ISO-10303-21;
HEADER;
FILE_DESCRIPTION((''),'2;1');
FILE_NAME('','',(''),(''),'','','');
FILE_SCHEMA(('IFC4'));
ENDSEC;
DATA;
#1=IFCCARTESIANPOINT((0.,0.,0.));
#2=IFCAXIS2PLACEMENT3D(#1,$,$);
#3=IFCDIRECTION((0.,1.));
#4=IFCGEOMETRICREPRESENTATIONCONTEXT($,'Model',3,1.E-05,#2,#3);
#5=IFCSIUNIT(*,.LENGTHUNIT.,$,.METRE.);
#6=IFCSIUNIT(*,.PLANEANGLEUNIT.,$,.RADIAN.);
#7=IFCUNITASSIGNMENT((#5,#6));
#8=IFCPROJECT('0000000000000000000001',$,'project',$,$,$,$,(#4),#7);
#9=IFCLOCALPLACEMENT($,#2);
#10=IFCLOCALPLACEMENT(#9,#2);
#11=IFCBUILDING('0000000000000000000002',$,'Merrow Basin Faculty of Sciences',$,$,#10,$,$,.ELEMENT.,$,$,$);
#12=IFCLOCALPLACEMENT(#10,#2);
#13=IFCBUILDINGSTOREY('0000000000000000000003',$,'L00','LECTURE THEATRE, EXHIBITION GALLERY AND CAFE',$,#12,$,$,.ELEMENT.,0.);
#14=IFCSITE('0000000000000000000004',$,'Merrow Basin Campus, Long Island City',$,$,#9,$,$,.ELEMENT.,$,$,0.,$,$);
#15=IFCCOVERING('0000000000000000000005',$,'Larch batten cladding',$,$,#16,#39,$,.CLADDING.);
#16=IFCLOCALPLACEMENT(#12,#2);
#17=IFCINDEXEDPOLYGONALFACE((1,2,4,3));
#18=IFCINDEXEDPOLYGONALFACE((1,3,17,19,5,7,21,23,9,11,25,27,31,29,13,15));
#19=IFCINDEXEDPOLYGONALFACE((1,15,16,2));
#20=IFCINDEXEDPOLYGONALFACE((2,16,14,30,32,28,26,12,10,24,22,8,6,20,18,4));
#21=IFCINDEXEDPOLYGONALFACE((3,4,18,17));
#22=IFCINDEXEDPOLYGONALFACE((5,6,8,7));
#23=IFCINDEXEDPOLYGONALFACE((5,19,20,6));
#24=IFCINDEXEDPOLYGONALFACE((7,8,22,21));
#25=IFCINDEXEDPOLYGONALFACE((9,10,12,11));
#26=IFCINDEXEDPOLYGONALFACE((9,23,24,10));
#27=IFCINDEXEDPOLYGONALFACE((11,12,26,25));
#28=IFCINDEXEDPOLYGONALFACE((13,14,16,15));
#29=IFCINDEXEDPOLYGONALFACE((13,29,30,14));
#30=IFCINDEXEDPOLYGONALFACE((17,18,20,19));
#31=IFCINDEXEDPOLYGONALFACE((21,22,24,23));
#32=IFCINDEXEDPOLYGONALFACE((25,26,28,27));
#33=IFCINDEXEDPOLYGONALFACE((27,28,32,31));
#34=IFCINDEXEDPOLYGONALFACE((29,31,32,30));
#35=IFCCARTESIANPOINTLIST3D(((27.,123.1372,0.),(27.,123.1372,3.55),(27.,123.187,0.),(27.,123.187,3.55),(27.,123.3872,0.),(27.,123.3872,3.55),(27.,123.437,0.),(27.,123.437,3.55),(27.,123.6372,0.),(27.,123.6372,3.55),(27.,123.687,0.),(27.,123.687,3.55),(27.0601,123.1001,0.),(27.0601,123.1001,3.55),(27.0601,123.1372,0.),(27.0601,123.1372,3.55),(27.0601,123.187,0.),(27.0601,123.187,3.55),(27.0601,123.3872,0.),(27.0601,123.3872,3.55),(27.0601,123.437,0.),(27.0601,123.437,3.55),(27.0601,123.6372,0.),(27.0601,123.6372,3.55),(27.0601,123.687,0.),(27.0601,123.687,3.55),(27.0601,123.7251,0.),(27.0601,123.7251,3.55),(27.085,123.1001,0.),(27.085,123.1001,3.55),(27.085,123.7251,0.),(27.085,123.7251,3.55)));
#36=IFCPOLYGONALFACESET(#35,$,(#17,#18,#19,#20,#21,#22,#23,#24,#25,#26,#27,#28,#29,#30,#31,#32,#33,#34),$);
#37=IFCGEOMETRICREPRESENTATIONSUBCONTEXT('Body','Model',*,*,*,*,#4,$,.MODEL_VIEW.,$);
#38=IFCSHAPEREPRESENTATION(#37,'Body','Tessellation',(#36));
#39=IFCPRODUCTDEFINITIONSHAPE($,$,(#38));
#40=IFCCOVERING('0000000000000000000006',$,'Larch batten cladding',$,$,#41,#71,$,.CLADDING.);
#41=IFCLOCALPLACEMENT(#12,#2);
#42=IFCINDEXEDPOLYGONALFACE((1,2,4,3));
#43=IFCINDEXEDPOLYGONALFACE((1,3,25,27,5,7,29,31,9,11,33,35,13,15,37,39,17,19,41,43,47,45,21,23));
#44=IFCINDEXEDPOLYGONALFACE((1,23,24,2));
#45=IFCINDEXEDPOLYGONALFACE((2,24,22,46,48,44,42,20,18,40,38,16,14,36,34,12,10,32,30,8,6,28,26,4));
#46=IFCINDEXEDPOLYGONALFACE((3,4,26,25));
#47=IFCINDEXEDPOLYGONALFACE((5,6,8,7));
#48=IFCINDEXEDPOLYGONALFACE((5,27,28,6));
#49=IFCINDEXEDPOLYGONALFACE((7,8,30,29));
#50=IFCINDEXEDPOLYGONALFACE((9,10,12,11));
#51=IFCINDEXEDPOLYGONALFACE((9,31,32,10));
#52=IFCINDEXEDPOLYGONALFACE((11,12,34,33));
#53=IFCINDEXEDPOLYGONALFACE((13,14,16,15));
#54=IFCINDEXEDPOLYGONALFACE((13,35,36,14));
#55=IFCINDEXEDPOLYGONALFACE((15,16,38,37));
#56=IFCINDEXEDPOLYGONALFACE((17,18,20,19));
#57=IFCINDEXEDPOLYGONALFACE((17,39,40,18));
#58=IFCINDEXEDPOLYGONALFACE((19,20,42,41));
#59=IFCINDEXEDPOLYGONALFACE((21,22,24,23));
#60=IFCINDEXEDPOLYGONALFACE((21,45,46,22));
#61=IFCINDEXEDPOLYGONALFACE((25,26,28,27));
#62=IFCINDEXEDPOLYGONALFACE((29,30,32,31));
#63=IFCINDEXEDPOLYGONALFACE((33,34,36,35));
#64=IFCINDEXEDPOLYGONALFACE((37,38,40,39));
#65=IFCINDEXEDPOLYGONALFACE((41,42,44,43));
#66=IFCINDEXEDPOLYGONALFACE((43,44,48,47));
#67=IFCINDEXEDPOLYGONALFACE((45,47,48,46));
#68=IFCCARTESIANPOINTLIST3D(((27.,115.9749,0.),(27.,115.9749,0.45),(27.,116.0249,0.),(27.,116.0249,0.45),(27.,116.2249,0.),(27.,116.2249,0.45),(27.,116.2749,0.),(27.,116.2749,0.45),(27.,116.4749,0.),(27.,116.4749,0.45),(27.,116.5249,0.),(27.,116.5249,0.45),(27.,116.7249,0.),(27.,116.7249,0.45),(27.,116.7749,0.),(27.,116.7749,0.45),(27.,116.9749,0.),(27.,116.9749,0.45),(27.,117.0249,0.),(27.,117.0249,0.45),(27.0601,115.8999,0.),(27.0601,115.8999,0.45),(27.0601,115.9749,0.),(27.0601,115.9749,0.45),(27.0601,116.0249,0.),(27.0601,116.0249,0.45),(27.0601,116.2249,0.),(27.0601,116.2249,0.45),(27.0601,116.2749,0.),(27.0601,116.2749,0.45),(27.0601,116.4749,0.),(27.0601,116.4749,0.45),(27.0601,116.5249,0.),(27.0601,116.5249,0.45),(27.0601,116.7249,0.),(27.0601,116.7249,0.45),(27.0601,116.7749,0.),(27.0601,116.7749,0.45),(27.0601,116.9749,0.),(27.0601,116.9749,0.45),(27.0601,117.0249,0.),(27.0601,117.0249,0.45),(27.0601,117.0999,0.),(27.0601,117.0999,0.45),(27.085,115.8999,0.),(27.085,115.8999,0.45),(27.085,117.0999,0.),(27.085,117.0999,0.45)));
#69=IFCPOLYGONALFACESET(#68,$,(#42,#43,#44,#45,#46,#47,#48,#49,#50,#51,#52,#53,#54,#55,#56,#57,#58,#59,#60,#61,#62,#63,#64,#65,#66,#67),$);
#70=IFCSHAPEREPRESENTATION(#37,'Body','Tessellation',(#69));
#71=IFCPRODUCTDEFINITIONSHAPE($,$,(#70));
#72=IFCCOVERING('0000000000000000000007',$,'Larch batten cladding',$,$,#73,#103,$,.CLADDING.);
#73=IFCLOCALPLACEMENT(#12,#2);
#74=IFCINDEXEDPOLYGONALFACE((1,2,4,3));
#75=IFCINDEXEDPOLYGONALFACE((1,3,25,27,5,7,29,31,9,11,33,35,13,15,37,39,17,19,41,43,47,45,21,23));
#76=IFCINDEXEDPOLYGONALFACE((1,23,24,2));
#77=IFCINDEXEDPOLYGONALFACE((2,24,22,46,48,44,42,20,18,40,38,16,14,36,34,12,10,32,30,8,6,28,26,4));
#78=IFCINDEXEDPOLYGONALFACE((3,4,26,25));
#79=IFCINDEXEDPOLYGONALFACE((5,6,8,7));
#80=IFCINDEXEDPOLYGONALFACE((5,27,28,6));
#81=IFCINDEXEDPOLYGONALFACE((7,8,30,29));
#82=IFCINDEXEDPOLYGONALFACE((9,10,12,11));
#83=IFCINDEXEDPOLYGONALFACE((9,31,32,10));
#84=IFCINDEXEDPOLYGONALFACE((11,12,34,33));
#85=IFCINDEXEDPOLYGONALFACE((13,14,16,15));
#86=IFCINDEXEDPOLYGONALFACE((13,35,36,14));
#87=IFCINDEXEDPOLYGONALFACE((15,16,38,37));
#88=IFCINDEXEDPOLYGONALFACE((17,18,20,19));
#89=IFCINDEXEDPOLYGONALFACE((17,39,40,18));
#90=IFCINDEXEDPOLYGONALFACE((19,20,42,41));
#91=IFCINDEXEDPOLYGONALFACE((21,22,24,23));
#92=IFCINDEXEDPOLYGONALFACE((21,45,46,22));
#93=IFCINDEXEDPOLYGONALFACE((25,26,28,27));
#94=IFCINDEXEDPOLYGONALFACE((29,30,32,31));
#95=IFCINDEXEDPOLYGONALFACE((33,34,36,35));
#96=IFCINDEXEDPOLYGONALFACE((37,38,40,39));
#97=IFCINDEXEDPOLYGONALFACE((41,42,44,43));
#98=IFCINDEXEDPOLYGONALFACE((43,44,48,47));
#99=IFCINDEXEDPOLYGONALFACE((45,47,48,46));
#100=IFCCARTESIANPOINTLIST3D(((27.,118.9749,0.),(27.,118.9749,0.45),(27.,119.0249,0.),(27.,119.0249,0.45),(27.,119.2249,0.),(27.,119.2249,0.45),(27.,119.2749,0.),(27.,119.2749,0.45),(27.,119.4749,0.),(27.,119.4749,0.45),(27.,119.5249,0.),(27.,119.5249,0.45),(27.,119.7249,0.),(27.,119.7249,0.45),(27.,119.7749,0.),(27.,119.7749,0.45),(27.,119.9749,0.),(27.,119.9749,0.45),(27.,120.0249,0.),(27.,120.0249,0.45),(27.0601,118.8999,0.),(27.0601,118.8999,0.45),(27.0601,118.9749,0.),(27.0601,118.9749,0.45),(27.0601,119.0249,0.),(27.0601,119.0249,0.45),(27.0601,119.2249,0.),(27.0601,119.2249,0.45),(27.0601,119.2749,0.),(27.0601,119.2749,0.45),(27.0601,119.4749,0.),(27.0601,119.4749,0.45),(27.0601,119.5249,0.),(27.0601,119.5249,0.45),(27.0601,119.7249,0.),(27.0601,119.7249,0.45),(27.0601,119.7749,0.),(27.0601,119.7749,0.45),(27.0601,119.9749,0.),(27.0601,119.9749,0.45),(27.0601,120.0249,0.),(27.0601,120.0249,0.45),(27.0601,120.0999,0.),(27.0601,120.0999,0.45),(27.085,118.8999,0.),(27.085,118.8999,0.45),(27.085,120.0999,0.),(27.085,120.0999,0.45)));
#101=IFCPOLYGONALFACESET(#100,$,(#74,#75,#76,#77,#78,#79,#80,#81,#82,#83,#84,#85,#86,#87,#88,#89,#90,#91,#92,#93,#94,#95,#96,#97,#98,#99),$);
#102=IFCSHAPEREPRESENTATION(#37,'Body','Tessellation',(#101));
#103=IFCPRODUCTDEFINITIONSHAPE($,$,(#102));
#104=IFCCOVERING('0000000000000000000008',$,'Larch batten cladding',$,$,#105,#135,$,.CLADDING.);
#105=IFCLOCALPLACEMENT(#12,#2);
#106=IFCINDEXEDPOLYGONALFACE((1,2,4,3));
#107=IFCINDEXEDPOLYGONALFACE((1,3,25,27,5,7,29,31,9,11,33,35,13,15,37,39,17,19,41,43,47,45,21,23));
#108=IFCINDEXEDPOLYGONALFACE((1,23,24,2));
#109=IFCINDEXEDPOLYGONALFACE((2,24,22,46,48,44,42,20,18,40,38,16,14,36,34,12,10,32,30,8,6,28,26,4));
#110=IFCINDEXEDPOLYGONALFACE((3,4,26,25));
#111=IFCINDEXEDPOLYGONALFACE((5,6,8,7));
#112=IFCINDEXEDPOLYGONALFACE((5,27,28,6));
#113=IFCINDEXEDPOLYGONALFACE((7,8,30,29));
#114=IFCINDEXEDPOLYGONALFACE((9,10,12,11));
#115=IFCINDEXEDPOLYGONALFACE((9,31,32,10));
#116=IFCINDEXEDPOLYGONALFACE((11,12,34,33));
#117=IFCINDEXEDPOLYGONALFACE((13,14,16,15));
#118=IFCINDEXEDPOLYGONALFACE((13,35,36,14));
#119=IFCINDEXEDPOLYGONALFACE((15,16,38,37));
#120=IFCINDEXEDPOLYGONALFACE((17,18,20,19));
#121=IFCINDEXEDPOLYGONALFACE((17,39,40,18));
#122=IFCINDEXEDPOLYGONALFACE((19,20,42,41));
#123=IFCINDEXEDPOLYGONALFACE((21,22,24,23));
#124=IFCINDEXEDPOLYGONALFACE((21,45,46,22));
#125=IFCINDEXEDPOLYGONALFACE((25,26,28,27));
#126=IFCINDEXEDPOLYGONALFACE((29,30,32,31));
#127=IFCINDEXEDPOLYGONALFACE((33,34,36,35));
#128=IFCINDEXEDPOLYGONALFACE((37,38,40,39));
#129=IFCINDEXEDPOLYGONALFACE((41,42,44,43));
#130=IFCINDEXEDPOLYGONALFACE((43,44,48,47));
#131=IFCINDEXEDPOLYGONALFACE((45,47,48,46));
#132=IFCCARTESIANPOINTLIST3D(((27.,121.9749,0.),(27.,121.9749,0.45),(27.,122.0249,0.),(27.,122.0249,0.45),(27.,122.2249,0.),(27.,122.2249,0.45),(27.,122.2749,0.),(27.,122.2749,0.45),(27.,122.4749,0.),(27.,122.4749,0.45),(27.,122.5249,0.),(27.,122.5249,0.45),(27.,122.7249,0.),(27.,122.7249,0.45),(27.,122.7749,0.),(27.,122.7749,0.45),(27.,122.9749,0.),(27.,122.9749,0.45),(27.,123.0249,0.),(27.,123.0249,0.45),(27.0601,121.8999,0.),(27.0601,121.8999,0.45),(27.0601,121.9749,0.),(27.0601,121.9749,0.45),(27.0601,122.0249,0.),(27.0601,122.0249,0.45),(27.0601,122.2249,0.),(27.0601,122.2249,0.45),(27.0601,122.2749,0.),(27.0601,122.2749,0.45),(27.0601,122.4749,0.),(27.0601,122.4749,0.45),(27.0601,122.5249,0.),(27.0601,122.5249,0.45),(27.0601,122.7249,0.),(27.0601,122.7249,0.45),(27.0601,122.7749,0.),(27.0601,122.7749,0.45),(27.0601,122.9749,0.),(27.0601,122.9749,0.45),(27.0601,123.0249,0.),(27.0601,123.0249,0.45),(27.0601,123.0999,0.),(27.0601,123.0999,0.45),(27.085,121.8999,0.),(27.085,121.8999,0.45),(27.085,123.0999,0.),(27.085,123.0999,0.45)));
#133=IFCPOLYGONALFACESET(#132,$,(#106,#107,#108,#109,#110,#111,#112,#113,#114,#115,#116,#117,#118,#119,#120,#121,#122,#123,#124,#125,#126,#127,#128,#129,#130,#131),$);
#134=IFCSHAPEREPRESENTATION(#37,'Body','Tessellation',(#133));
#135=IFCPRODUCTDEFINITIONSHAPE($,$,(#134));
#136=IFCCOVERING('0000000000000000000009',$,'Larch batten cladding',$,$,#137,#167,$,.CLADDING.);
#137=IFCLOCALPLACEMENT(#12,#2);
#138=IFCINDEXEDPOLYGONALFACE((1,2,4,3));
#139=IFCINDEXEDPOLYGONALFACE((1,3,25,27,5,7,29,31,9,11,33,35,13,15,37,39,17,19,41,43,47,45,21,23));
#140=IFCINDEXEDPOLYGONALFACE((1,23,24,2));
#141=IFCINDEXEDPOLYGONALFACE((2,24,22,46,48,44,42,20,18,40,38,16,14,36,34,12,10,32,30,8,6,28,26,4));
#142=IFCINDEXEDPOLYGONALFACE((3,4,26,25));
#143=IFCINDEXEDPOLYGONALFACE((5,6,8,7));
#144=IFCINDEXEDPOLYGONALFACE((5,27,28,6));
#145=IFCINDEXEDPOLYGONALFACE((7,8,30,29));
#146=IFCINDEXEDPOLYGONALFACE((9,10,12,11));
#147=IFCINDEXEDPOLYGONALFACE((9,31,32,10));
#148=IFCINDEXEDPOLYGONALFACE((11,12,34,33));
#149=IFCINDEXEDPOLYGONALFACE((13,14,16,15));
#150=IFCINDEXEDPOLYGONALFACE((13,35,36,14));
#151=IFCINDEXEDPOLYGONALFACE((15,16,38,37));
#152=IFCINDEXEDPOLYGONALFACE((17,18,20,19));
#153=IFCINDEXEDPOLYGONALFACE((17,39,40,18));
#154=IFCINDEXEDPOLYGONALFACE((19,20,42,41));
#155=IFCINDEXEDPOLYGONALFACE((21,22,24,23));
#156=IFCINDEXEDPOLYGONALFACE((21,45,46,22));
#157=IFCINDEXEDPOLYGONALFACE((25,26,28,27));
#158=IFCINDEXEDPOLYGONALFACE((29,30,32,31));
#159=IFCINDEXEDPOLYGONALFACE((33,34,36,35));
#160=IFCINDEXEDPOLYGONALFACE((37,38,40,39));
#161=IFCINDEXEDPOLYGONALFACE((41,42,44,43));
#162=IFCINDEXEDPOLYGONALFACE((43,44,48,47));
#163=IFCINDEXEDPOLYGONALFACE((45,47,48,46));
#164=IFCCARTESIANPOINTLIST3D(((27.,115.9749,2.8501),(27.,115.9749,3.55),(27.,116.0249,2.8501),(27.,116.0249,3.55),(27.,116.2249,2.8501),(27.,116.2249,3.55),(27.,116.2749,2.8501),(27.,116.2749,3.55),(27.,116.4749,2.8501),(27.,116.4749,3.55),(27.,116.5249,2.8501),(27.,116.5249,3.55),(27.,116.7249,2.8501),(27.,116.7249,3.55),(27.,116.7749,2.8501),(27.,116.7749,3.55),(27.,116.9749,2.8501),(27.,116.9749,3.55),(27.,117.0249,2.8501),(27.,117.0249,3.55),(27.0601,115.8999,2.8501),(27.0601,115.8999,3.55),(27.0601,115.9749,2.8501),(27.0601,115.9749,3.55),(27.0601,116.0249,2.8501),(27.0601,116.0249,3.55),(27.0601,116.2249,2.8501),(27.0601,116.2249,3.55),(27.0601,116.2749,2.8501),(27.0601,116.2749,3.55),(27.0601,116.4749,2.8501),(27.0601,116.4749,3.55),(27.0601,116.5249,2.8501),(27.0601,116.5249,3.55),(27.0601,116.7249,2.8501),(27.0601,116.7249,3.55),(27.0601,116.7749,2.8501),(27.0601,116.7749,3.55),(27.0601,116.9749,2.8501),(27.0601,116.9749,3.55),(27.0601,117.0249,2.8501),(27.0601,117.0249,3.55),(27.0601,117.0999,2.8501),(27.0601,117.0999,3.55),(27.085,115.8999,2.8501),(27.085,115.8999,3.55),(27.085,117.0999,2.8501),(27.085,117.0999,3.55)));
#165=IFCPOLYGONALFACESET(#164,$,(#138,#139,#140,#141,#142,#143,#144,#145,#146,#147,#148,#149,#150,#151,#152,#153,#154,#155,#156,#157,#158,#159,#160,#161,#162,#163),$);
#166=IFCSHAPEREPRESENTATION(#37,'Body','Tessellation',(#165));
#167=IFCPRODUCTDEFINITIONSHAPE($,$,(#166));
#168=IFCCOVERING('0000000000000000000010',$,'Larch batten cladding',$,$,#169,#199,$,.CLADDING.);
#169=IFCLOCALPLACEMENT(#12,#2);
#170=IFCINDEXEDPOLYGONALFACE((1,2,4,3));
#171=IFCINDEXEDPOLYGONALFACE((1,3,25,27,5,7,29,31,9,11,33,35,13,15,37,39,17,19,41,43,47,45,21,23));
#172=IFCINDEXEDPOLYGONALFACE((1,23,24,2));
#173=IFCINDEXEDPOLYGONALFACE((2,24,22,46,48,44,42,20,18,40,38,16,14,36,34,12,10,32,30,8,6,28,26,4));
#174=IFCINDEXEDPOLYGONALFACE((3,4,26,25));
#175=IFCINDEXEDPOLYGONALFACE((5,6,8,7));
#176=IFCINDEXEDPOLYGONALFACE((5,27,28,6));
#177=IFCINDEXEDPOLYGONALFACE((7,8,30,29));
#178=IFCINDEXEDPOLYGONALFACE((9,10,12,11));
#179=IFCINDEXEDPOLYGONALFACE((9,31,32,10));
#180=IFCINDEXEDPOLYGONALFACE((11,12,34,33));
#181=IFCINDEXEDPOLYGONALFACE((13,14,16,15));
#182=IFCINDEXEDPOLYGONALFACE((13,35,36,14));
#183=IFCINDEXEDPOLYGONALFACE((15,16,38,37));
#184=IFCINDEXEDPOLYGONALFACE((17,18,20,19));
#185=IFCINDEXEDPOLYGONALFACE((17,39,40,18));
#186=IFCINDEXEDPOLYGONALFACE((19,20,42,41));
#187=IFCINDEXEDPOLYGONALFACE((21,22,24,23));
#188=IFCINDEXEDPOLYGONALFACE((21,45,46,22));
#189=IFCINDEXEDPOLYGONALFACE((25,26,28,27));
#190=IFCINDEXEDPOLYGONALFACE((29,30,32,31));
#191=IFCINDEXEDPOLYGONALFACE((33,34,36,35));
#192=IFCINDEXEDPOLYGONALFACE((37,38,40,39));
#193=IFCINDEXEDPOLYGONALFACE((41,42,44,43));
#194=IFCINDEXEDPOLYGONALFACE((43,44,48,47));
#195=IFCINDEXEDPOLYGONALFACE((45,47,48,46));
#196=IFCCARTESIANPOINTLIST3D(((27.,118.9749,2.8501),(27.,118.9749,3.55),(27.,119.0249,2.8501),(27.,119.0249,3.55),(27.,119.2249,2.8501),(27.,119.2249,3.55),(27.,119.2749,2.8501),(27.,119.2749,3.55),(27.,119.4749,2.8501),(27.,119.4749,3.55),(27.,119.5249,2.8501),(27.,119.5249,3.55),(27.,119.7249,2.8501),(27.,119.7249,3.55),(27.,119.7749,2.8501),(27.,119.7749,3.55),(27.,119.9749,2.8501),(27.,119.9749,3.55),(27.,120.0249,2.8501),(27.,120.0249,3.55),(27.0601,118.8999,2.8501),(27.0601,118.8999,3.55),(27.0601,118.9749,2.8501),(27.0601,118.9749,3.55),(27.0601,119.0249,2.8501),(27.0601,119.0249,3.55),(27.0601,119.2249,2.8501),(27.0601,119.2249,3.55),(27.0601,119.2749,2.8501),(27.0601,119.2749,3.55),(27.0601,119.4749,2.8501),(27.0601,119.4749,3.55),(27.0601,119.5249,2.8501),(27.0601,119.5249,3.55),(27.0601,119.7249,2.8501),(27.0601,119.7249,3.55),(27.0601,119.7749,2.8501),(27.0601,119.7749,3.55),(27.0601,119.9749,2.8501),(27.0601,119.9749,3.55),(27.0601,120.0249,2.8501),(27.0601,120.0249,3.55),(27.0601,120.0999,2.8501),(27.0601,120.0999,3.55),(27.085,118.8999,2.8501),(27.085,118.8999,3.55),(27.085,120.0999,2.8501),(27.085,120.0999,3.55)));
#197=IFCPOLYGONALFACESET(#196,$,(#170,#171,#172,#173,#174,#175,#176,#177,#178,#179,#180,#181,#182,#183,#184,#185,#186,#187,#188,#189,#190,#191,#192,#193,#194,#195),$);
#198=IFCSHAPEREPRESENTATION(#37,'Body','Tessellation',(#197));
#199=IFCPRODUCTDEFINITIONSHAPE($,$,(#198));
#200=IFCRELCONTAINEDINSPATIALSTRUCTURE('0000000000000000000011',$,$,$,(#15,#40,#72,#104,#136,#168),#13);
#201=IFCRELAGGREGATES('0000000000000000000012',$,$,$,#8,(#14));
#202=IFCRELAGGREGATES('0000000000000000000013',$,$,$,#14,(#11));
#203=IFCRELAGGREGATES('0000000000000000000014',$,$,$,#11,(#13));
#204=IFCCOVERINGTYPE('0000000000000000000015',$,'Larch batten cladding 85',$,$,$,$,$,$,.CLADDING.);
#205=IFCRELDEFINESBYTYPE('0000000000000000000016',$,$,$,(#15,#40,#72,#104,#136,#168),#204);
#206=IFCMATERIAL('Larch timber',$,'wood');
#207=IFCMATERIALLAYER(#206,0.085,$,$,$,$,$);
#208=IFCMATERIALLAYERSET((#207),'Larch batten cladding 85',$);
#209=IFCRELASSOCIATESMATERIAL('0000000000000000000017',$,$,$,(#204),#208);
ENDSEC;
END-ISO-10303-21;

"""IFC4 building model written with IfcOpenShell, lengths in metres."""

from ifc_helpers import new_model, si_unit, direction, frame, origin, place, context, subcontext, project, spatial, polyline, outline, extrude, source, transform, mapped, material, layer, layer_set, type_object, element, save


model = new_model("IFC4")

# Units and contexts
model_context = context("Model", 3, precision=1e-05, world=origin(), true_north=direction((0.0, 1.0)))
body_context = subcontext(model_context, "Body", "Model", "MODEL_VIEW")
ifc_project = project(units=[si_unit("LENGTHUNIT", "METRE"), si_unit("PLANEANGLEUNIT", "RADIAN")], contexts=[model_context])

# Site, building, storey
site_placement = place(None, origin())
site = spatial("IfcSite", under=ifc_project, at=site_placement, Name="Merrow Basin Campus, Long Island City", CompositionType="ELEMENT", RefElevation=0.0)
building_placement = place(site_placement, origin())
building = spatial("IfcBuilding", under=site, at=building_placement, Name="Merrow Basin Faculty of Sciences", CompositionType="ELEMENT")
storey_placement = place(building_placement, origin())
storey = spatial("IfcBuildingStorey", under=building, at=storey_placement, Name="L00", Description="LECTURE THEATRE, EXHIBITION GALLERY AND CAFE", CompositionType="ELEMENT", Elevation=0.0)

# Coverings
ifc_material_1 = material(Name="Larch timber", Category="wood")
ifc_layer_1 = layer(ifc_material_1, 0.085)
ifc_layer_set_1 = layer_set([ifc_layer_1], Name="Larch batten cladding 85")
covering_type = type_object("IfcCoveringType", Name="Larch batten cladding 85", PredefinedType="CLADDING", material=ifc_layer_set_1)
shared_shape_1 = source(origin(), body_context, "Body", "SweptSolid", [
    extrude(outline(polyline([(0.0, 0.0), (0.625, 0.0), (0.625, 0.0249), (0.5869, 0.0249), (0.5869, 0.085), (0.5371, 0.085), (0.5371, 0.0249), (0.3369, 0.0249), (0.3369, 0.085), (0.2871, 0.085), (0.2871, 0.0249), (0.0869, 0.0249), (0.0869, 0.085), (0.0371, 0.085), (0.0371, 0.0249), (0.0, 0.0249), (0.0, 0.0)])), origin(), (0.0, 0.0, 1.0), 3.55),
])
for number, where, z_axis, x_axis, name in (
    (1, (27.085, 123.1001, 0.0), (0.0, 0.0, 1.0), (0.0, 1.0, 0.0), "Larch batten cladding"),
):
    element("IfcCovering", number, at=place(storey_placement, frame(where, z_axis=z_axis, x_axis=x_axis)), inside=storey, type_object=covering_type, Name=name, PredefinedType="CLADDING", context=body_context, shape_type="MappedRepresentation", body=[
        mapped(shared_shape_1, transform((0.0, 0.0, 0.0), scale=1.0)),
    ])
shared_shape_2 = source(origin(), body_context, "Body", "SweptSolid", [
    extrude(outline(polyline([(0.0, 0.0), (1.2, 0.0), (1.2, 0.0249), (1.125, 0.0249), (1.125, 0.085), (1.075, 0.085), (1.075, 0.0249), (0.875, 0.0249), (0.875, 0.085), (0.825, 0.085), (0.825, 0.0249), (0.625, 0.0249), (0.625, 0.085), (0.575, 0.085), (0.575, 0.0249), (0.375, 0.0249), (0.375, 0.085), (0.325, 0.085), (0.325, 0.0249), (0.125, 0.0249), (0.125, 0.085), (0.075, 0.085), (0.075, 0.0249), (0.0, 0.0249), (0.0, 0.0)])), origin(), (0.0, 0.0, 1.0), 0.45),
])
for number, where, z_axis, x_axis, name in (
    (2, (27.085, 115.8999, 0.0), (0.0, 0.0, 1.0), (0.0, 1.0, 0.0), "Larch batten cladding"),
    (3, (27.085, 118.8999, 0.0), (0.0, 0.0, 1.0), (0.0, 1.0, 0.0), "Larch batten cladding"),
    (4, (27.085, 121.8999, 0.0), (0.0, 0.0, 1.0), (0.0, 1.0, 0.0), "Larch batten cladding"),
):
    element("IfcCovering", number, at=place(storey_placement, frame(where, z_axis=z_axis, x_axis=x_axis)), inside=storey, type_object=covering_type, Name=name, PredefinedType="CLADDING", context=body_context, shape_type="MappedRepresentation", body=[
        mapped(shared_shape_2, transform((0.0, 0.0, 0.0), scale=1.0)),
    ])
shared_shape_3 = source(origin(), body_context, "Body", "SweptSolid", [
    extrude(outline(polyline([(0.0, 0.0), (1.2, 0.0), (1.2, 0.0249), (1.125, 0.0249), (1.125, 0.085), (1.075, 0.085), (1.075, 0.0249), (0.875, 0.0249), (0.875, 0.085), (0.825, 0.085), (0.825, 0.0249), (0.625, 0.0249), (0.625, 0.085), (0.575, 0.085), (0.575, 0.0249), (0.375, 0.0249), (0.375, 0.085), (0.325, 0.085), (0.325, 0.0249), (0.125, 0.0249), (0.125, 0.085), (0.075, 0.085), (0.075, 0.0249), (0.0, 0.0249), (0.0, 0.0)])), origin(), (0.0, 0.0, 1.0), 0.7),
])
for number, where, z_axis, x_axis, name in (
    (5, (27.085, 115.8999, 2.8501), (0.0, 0.0, 1.0), (0.0, 1.0, 0.0), "Larch batten cladding"),
    (6, (27.085, 118.8999, 2.8501), (0.0, 0.0, 1.0), (0.0, 1.0, 0.0), "Larch batten cladding"),
):
    element("IfcCovering", number, at=place(storey_placement, frame(where, z_axis=z_axis, x_axis=x_axis)), inside=storey, type_object=covering_type, Name=name, PredefinedType="CLADDING", context=body_context, shape_type="MappedRepresentation", body=[
        mapped(shared_shape_3, transform((0.0, 0.0, 0.0), scale=1.0)),
    ])

save(model, "model.ifc")
